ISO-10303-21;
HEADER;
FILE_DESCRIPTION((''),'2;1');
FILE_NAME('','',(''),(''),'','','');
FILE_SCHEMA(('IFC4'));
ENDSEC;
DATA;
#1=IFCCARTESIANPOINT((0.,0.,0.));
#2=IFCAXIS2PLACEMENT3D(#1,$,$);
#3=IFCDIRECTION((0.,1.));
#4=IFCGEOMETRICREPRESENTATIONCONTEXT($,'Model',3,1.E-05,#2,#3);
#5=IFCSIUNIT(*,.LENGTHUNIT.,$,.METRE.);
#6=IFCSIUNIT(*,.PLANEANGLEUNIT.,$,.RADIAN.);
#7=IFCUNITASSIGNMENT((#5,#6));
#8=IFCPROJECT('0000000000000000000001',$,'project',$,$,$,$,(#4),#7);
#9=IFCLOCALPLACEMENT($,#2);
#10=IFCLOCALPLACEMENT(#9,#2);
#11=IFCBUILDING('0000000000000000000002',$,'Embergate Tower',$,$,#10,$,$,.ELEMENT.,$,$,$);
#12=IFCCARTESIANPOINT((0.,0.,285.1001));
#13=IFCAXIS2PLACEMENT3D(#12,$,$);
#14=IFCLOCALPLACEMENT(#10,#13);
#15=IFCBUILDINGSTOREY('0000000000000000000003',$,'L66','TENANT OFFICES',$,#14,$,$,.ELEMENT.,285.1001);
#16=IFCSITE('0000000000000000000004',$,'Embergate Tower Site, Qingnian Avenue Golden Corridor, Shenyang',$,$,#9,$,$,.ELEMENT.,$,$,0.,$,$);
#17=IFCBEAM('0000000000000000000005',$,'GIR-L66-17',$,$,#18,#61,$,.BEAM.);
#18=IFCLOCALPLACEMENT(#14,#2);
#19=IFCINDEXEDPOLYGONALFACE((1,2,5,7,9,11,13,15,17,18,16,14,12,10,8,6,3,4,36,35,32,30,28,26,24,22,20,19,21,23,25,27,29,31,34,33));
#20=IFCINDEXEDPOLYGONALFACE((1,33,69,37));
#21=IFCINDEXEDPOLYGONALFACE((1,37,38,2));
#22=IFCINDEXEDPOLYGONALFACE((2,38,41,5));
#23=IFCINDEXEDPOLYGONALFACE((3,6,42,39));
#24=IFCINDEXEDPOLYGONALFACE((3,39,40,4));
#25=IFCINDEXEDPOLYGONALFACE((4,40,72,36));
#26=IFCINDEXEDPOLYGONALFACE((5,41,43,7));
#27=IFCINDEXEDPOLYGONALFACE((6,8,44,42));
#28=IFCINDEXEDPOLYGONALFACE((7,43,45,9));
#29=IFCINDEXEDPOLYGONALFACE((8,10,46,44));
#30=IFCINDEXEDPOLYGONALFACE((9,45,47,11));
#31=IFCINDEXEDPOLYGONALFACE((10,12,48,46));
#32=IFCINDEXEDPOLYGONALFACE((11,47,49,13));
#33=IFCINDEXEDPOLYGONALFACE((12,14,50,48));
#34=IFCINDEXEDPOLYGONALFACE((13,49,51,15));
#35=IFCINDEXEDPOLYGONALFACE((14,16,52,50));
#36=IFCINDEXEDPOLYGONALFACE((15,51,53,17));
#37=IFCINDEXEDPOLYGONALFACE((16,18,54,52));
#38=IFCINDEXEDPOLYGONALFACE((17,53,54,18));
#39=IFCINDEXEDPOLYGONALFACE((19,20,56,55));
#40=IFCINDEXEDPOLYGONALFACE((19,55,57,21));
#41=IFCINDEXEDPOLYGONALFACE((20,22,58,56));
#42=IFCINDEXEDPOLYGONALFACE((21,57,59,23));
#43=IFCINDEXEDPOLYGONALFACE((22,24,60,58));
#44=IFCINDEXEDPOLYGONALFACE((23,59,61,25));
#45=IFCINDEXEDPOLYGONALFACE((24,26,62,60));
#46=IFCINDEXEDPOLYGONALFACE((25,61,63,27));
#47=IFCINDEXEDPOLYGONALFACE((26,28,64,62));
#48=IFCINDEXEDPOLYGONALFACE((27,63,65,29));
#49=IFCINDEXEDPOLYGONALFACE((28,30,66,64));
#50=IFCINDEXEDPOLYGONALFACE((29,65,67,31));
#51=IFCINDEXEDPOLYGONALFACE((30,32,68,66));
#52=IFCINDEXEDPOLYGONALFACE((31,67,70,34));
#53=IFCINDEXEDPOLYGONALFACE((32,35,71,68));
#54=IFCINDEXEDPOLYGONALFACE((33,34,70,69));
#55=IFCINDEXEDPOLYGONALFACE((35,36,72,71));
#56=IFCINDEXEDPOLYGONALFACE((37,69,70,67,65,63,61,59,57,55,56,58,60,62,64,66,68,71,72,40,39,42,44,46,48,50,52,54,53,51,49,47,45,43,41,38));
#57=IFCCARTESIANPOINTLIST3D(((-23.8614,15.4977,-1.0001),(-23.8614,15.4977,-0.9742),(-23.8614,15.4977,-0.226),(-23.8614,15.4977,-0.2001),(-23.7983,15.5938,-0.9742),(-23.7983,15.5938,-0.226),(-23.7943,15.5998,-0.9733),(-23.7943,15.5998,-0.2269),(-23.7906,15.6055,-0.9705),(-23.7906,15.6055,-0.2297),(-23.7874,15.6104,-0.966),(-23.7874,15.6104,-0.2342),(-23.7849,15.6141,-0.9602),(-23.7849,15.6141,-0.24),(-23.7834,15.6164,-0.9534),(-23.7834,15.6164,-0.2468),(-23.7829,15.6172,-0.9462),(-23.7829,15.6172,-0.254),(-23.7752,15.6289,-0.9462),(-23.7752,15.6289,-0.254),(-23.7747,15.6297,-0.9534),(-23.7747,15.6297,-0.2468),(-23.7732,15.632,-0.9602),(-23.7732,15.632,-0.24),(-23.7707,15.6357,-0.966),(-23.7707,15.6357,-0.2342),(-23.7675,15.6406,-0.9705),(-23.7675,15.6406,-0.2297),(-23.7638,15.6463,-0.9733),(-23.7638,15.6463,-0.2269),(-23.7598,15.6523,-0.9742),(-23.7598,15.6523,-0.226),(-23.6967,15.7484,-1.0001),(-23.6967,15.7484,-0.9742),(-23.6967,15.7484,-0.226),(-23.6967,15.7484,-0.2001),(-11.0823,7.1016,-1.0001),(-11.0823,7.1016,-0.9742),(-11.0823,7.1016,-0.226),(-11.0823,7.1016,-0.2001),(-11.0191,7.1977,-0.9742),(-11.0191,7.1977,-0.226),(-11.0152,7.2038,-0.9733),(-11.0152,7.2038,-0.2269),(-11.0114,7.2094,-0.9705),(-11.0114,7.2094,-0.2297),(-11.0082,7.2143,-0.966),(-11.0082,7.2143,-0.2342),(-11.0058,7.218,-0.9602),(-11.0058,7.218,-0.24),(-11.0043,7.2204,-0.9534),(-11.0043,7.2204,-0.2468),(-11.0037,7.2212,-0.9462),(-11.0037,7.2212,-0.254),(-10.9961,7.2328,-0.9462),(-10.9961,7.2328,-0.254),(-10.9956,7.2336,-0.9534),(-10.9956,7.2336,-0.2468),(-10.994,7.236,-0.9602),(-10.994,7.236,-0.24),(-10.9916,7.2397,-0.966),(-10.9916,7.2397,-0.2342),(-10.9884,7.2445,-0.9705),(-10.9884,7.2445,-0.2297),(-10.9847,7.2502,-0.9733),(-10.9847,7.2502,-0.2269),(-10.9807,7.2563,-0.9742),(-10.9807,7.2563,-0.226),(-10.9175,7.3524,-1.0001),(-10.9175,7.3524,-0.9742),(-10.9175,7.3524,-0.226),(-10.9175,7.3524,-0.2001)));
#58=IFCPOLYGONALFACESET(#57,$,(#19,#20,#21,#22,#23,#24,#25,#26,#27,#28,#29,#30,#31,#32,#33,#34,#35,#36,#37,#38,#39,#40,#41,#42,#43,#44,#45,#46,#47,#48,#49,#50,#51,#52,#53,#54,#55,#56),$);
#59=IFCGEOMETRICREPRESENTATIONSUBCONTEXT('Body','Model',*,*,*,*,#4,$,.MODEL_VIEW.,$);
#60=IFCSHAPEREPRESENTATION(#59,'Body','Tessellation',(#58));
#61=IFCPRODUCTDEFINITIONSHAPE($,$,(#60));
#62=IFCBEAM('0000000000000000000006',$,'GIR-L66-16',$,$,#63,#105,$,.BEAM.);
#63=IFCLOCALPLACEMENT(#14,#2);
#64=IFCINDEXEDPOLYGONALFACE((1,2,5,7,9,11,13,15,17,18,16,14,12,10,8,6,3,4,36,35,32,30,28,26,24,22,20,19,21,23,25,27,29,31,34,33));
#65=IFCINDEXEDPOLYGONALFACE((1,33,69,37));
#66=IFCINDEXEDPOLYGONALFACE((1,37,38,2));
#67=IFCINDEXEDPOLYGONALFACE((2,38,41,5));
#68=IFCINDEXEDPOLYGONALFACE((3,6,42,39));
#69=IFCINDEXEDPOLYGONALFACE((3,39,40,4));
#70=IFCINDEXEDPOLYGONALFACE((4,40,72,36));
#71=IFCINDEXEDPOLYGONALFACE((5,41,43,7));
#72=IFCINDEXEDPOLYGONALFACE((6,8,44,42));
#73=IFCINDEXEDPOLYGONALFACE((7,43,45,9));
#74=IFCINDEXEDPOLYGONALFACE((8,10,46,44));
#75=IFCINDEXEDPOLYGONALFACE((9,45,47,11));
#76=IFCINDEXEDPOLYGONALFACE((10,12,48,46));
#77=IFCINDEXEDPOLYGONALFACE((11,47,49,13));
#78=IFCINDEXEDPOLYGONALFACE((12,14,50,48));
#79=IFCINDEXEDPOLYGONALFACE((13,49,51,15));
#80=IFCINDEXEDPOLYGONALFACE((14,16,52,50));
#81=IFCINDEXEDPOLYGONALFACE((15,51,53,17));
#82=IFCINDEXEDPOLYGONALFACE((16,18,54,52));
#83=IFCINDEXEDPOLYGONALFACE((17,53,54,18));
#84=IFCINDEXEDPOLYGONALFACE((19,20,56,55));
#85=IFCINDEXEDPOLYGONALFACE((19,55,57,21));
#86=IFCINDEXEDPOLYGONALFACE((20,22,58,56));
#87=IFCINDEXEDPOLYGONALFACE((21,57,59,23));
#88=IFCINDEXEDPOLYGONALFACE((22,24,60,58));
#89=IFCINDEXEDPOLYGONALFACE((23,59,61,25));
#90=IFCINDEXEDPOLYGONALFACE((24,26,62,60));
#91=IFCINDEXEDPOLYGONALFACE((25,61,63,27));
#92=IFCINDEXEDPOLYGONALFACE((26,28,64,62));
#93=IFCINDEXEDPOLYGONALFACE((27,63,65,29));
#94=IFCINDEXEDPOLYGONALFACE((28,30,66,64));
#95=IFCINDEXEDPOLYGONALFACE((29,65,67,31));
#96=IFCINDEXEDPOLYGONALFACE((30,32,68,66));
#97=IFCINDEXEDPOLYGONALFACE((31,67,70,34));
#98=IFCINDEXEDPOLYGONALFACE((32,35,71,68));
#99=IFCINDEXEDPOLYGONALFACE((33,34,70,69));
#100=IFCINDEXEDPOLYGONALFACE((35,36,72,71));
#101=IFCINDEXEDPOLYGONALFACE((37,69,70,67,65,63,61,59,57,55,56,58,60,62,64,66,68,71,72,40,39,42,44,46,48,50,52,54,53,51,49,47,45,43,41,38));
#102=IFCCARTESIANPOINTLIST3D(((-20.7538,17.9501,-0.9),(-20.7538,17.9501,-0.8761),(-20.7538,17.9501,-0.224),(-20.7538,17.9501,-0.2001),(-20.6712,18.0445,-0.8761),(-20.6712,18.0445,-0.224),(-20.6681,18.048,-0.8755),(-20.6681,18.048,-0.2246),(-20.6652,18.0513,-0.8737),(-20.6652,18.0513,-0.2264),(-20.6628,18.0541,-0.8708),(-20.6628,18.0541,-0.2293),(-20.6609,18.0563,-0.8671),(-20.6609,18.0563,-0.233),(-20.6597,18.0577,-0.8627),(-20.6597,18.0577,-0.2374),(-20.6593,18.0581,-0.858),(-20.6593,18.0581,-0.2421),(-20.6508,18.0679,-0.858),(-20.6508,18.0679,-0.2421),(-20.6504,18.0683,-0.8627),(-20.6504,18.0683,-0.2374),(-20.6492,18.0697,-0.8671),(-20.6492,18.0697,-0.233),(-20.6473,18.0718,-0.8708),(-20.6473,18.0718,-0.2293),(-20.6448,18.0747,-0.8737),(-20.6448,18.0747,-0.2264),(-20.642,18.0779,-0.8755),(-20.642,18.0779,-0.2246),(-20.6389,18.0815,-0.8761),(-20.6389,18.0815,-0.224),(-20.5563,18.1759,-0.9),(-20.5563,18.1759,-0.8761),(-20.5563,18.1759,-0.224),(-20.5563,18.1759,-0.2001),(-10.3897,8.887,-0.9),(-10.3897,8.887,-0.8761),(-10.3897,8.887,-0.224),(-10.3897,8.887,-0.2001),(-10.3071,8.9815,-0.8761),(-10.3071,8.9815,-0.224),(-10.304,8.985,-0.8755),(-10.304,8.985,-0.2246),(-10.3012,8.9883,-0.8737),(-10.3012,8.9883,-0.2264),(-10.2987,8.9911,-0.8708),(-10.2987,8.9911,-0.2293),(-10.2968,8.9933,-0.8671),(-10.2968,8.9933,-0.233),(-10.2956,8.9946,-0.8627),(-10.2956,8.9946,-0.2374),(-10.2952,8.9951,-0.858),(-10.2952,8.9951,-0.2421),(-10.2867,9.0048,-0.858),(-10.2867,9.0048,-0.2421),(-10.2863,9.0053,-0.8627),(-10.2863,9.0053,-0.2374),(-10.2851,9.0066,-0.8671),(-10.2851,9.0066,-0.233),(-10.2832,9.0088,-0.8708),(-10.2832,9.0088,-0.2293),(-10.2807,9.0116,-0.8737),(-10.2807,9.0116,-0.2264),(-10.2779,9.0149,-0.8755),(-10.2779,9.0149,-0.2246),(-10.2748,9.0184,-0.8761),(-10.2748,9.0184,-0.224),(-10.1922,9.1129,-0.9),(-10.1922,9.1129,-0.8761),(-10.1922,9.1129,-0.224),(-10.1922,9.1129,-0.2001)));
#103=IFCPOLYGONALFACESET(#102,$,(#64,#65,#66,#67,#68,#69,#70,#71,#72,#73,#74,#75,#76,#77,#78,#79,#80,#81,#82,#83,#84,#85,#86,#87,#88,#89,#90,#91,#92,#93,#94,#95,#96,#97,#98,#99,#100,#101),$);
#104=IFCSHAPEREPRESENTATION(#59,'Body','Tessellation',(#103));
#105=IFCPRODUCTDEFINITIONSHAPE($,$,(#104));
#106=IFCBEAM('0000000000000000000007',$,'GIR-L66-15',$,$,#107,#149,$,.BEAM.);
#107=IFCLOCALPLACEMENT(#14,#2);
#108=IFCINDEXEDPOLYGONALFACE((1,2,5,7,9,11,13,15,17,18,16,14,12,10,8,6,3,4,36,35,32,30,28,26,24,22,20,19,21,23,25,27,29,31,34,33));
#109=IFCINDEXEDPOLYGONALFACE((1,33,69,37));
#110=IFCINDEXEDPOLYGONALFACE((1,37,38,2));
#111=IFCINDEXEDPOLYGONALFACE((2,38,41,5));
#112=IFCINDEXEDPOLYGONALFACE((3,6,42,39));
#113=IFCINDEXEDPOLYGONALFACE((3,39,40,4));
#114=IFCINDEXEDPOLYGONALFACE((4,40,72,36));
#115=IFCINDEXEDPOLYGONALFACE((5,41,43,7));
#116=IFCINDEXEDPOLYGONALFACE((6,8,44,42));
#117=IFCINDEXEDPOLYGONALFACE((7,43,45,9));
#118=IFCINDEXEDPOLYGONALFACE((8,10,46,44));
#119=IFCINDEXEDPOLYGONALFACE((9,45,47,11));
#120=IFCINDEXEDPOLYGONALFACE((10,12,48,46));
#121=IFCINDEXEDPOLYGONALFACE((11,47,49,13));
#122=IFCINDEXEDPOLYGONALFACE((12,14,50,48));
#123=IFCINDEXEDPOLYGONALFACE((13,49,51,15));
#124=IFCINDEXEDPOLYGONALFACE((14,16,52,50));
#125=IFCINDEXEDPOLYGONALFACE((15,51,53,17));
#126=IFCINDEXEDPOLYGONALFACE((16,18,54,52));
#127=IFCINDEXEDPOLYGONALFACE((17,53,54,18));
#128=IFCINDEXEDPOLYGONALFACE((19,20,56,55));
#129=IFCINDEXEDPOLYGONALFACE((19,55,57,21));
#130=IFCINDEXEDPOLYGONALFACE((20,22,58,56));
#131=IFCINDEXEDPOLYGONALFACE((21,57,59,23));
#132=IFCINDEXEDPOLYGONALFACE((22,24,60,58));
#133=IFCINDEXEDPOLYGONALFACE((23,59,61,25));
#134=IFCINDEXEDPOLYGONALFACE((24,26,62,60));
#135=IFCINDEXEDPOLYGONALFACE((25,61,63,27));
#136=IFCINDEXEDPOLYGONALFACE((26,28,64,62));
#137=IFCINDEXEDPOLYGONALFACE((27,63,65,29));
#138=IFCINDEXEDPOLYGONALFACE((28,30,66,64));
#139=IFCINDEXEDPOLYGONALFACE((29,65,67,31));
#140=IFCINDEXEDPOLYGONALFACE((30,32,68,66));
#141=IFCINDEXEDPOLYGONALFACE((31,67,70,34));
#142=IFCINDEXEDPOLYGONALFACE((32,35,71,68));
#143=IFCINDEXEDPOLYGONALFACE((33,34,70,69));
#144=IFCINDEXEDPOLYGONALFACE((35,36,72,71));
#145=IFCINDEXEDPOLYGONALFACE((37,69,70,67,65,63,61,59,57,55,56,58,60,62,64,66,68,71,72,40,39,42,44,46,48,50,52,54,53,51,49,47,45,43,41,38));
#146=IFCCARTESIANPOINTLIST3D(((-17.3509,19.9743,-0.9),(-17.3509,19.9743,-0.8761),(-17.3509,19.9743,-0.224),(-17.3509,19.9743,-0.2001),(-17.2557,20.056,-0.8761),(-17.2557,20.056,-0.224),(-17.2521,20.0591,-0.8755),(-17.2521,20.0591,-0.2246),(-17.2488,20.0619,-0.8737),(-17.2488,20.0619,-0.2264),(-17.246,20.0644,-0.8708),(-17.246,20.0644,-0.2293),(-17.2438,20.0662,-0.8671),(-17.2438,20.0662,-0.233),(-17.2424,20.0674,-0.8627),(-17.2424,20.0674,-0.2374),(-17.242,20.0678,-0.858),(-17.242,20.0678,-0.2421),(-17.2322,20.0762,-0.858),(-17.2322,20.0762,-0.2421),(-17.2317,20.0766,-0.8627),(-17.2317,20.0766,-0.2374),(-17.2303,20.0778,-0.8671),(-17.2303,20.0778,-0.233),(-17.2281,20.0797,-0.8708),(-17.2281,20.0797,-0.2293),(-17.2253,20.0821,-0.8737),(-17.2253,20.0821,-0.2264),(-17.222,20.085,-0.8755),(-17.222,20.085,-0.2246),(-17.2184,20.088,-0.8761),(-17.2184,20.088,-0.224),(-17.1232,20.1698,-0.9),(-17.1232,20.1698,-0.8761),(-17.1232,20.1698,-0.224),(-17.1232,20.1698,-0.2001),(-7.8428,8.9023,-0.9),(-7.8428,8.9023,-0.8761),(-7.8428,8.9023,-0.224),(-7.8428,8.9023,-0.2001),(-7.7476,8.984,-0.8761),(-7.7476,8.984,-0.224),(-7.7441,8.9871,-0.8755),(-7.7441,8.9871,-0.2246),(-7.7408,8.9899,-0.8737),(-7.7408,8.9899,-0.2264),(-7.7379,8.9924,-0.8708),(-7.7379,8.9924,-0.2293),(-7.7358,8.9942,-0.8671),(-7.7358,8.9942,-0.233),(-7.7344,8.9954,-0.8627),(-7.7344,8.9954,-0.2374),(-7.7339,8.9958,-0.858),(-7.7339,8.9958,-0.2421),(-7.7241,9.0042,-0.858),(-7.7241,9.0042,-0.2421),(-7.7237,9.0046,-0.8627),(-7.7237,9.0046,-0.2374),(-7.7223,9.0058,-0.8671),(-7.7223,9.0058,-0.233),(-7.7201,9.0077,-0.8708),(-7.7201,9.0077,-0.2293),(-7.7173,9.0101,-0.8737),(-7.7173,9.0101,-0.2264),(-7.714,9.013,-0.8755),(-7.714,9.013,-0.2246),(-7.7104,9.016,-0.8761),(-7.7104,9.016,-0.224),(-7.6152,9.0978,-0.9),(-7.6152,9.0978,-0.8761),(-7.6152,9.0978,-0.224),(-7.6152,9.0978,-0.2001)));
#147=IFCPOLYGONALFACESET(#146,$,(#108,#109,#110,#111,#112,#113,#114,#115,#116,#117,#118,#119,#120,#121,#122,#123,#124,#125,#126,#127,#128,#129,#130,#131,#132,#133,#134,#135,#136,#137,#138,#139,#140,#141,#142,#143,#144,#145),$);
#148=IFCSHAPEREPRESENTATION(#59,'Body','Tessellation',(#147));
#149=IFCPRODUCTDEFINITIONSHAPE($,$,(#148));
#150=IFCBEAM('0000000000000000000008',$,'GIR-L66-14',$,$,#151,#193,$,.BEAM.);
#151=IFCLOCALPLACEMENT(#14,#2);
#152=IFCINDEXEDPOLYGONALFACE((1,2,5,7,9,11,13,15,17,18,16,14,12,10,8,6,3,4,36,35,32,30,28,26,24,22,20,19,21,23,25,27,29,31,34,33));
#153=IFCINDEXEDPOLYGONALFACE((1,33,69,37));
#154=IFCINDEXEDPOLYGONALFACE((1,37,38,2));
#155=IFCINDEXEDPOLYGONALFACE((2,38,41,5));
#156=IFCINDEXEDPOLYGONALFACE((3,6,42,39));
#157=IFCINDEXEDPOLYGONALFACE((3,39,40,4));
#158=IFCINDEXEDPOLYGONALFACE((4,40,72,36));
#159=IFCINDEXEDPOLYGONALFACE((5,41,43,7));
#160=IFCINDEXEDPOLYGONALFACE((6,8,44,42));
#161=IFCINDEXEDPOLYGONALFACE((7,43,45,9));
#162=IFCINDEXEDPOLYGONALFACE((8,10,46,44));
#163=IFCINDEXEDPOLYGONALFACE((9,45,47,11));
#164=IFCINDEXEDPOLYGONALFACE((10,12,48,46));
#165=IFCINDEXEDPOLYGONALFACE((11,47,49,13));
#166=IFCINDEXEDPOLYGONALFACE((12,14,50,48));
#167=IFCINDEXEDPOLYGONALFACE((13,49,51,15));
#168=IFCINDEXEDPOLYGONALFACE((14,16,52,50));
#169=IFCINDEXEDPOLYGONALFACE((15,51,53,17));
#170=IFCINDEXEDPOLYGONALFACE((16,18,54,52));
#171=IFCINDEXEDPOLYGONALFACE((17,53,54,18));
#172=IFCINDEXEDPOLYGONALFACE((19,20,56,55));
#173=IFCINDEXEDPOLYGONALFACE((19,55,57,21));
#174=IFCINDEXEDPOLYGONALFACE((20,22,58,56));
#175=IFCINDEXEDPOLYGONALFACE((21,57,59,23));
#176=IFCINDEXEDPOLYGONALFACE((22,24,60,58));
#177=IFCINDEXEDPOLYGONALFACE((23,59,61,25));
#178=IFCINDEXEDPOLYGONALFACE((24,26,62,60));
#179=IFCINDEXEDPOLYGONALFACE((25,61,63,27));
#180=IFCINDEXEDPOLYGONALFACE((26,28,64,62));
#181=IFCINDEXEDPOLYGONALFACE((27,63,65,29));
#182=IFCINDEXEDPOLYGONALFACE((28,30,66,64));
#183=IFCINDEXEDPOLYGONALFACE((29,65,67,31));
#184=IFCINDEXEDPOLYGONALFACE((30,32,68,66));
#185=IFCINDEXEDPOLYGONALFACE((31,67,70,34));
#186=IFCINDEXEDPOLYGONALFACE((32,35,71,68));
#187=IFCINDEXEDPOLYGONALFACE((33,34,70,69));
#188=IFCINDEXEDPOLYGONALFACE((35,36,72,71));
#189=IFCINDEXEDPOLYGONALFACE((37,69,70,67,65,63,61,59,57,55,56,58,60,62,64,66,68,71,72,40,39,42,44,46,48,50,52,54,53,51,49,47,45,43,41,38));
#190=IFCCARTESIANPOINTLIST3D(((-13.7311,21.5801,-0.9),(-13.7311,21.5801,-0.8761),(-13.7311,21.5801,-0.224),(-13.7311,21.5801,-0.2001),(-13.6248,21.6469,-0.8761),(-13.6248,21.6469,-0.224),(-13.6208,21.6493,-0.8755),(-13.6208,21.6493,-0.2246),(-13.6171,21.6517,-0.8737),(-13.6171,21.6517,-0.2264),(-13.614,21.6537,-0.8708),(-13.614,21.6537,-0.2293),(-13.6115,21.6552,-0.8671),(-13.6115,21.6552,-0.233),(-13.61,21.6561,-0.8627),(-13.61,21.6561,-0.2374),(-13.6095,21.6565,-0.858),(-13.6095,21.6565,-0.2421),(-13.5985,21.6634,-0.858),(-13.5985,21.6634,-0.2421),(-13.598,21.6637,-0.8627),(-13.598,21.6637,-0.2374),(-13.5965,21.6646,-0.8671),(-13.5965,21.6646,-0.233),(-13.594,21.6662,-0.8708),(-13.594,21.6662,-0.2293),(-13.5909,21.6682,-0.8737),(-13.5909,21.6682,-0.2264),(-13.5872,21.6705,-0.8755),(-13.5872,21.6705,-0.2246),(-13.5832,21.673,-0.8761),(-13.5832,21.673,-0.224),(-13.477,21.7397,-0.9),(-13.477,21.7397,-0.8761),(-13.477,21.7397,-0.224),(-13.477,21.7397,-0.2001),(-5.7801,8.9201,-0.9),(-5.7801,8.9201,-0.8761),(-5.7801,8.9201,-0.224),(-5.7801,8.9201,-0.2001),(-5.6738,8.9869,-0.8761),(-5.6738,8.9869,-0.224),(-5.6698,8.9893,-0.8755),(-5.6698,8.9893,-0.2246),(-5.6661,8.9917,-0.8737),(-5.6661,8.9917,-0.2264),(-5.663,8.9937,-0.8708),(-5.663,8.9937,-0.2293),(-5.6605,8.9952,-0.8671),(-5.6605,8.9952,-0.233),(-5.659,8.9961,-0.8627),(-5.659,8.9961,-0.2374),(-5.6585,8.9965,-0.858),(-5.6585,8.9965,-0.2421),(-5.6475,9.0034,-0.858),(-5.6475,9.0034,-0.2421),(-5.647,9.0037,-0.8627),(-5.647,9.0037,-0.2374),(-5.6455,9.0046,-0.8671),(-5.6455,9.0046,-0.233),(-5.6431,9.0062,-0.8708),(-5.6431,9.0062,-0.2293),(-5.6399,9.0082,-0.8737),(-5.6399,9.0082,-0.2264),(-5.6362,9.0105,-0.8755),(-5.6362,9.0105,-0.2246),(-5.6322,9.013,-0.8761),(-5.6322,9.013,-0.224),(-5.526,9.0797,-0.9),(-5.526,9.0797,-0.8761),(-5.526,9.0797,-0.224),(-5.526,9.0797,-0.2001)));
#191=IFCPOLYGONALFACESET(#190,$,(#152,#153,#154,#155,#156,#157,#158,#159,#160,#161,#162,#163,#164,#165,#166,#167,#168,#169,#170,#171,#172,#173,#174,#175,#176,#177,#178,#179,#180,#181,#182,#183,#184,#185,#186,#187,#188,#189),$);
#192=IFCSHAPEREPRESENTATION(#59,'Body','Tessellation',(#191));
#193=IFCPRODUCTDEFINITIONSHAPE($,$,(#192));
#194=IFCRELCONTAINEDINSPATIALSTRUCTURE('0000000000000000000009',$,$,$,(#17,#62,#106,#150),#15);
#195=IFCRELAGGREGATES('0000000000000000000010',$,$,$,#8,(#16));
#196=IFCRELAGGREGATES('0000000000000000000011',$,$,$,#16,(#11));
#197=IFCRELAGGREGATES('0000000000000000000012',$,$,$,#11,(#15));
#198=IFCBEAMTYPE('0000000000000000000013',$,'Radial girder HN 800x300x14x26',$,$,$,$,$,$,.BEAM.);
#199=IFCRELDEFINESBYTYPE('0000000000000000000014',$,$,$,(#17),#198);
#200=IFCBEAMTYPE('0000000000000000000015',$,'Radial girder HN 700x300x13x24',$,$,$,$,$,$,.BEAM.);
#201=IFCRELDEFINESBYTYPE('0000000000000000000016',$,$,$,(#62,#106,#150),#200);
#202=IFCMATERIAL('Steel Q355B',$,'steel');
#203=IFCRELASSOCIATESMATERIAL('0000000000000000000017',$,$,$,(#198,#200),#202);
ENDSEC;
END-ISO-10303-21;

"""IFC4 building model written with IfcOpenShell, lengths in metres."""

from ifc_helpers import new_model, si_unit, direction, frame, origin, origin_2d, place, context, subcontext, project, spatial, i_section, extrude, source, transform, mapped, material, material_profile, profile_set, type_object, element, save


model = new_model("IFC4")

# Units and contexts
model_context = context("Model", 3, precision=1e-05, world=origin(), true_north=direction((0.0, 1.0)))
body_context = subcontext(model_context, "Body", "Model", "MODEL_VIEW")
ifc_project = project(units=[si_unit("LENGTHUNIT", "METRE"), si_unit("PLANEANGLEUNIT", "RADIAN")], contexts=[model_context])

# Site, building, storey
site_placement = place(None, origin())
site = spatial("IfcSite", under=ifc_project, at=site_placement, Name="Embergate Tower Site, Qingnian Avenue Golden Corridor, Shenyang", CompositionType="ELEMENT", RefElevation=0.0)
building_placement = place(site_placement, origin())
building = spatial("IfcBuilding", under=site, at=building_placement, Name="Embergate Tower", CompositionType="ELEMENT")
storey_placement = place(building_placement, frame((0.0, 0.0, 285.1001)))
storey = spatial("IfcBuildingStorey", under=building, at=storey_placement, Name="L66", Description="TENANT OFFICES", CompositionType="ELEMENT", Elevation=285.1001)

# Beams
ifc_material_1 = material(Name="Steel Q355B", Category="steel")
ifc_material_profile_1 = material_profile(ifc_material_1, i_section(OverallWidth=0.3, OverallDepth=0.8, WebThickness=0.0139, FlangeThickness=0.0259, FilletRadius=0.0281, at=origin_2d()), Name="HN 800x300x14x26")
ifc_profile_set_1 = profile_set([ifc_material_profile_1], Name="Steel Q355 grade B")
beam_type_1 = type_object("IfcBeamType", Name="Radial girder HN 800x300x14x26", PredefinedType="BEAM", material=ifc_profile_set_1)
shared_shape_1 = source(origin(), body_context, "Body", "SweptSolid", [
    extrude(i_section(OverallWidth=0.3, OverallDepth=0.8, WebThickness=0.0139, FlangeThickness=0.0259, FilletRadius=0.0281, at=origin_2d()), origin(), (0.0, 0.0, 1.0), 15.2905),
])
beam_1_placement = place(storey_placement, frame((-23.7791, 15.623, -0.6001), z_axis=(0.835756, -0.549102, 0.0), x_axis=(0.549102, 0.835756, 0.0)))
element("IfcBeam", 1, at=beam_1_placement, inside=storey, type_object=beam_type_1, Name="GIR-L66-17", PredefinedType="BEAM", context=body_context, shape_type="MappedRepresentation", body=[
    mapped(shared_shape_1, transform((0.0, 0.0, 0.0))),
])
ifc_material_profile_2 = material_profile(ifc_material_1, i_section(OverallWidth=0.3, OverallDepth=0.7, WebThickness=0.0129, FlangeThickness=0.0239, FilletRadius=0.0181, at=origin_2d()), Name="HN 700x300x13x24")
ifc_profile_set_2 = profile_set([ifc_material_profile_2], Name="Steel Q355 grade B")
beam_type_2 = type_object("IfcBeamType", Name="Radial girder HN 700x300x13x24", PredefinedType="BEAM", material=ifc_profile_set_2)
shared_shape_2 = source(origin(), body_context, "Body", "SweptSolid", [
    extrude(i_section(OverallWidth=0.3, OverallDepth=0.7, WebThickness=0.0129, FlangeThickness=0.0239, FilletRadius=0.0181, at=origin_2d()), origin(), (0.0, 0.0, 1.0), 13.7678),
])
beam_2_placement = place(storey_placement, frame((-20.655, 18.063, -0.55), z_axis=(0.752775, -0.658277, 0.0), x_axis=(0.658277, 0.752775, 0.0)))
element("IfcBeam", 2, at=beam_2_placement, inside=storey, type_object=beam_type_2, Name="GIR-L66-16", PredefinedType="BEAM", context=body_context, shape_type="MappedRepresentation", body=[
    mapped(shared_shape_2, transform((0.0, 0.0, 0.0))),
])
shared_shape_3 = source(origin(), body_context, "Body", "SweptSolid", [
    extrude(i_section(OverallWidth=0.3, OverallDepth=0.7, WebThickness=0.0129, FlangeThickness=0.0239, FilletRadius=0.0181, at=origin_2d()), origin(), (0.0, 0.0, 1.0), 14.5942),
])
beam_3_placement = place(storey_placement, frame((-17.2371, 20.072, -0.55), z_axis=(0.651492, -0.758655, 0.0), x_axis=(0.758655, 0.651492, 0.0)))
element("IfcBeam", 3, at=beam_3_placement, inside=storey, type_object=beam_type_2, Name="GIR-L66-15", PredefinedType="BEAM", context=body_context, shape_type="MappedRepresentation", body=[
    mapped(shared_shape_3, transform((0.0, 0.0, 0.0))),
])
shared_shape_4 = source(origin(), body_context, "Body", "SweptSolid", [
    extrude(i_section(OverallWidth=0.3, OverallDepth=0.7, WebThickness=0.0129, FlangeThickness=0.0239, FilletRadius=0.0181, at=origin_2d()), origin(), (0.0, 0.0, 1.0), 14.9497),
])
beam_4_placement = place(storey_placement, frame((-13.604, 21.6599, -0.55), z_axis=(0.531849, -0.846839, 0.0), x_axis=(0.846839, 0.531849, 0.0)))
element("IfcBeam", 4, at=beam_4_placement, inside=storey, type_object=beam_type_2, Name="GIR-L66-14", PredefinedType="BEAM", context=body_context, shape_type="MappedRepresentation", body=[
    mapped(shared_shape_4, transform((0.0, 0.0, 0.0))),
])

save(model, "model.ifc")
